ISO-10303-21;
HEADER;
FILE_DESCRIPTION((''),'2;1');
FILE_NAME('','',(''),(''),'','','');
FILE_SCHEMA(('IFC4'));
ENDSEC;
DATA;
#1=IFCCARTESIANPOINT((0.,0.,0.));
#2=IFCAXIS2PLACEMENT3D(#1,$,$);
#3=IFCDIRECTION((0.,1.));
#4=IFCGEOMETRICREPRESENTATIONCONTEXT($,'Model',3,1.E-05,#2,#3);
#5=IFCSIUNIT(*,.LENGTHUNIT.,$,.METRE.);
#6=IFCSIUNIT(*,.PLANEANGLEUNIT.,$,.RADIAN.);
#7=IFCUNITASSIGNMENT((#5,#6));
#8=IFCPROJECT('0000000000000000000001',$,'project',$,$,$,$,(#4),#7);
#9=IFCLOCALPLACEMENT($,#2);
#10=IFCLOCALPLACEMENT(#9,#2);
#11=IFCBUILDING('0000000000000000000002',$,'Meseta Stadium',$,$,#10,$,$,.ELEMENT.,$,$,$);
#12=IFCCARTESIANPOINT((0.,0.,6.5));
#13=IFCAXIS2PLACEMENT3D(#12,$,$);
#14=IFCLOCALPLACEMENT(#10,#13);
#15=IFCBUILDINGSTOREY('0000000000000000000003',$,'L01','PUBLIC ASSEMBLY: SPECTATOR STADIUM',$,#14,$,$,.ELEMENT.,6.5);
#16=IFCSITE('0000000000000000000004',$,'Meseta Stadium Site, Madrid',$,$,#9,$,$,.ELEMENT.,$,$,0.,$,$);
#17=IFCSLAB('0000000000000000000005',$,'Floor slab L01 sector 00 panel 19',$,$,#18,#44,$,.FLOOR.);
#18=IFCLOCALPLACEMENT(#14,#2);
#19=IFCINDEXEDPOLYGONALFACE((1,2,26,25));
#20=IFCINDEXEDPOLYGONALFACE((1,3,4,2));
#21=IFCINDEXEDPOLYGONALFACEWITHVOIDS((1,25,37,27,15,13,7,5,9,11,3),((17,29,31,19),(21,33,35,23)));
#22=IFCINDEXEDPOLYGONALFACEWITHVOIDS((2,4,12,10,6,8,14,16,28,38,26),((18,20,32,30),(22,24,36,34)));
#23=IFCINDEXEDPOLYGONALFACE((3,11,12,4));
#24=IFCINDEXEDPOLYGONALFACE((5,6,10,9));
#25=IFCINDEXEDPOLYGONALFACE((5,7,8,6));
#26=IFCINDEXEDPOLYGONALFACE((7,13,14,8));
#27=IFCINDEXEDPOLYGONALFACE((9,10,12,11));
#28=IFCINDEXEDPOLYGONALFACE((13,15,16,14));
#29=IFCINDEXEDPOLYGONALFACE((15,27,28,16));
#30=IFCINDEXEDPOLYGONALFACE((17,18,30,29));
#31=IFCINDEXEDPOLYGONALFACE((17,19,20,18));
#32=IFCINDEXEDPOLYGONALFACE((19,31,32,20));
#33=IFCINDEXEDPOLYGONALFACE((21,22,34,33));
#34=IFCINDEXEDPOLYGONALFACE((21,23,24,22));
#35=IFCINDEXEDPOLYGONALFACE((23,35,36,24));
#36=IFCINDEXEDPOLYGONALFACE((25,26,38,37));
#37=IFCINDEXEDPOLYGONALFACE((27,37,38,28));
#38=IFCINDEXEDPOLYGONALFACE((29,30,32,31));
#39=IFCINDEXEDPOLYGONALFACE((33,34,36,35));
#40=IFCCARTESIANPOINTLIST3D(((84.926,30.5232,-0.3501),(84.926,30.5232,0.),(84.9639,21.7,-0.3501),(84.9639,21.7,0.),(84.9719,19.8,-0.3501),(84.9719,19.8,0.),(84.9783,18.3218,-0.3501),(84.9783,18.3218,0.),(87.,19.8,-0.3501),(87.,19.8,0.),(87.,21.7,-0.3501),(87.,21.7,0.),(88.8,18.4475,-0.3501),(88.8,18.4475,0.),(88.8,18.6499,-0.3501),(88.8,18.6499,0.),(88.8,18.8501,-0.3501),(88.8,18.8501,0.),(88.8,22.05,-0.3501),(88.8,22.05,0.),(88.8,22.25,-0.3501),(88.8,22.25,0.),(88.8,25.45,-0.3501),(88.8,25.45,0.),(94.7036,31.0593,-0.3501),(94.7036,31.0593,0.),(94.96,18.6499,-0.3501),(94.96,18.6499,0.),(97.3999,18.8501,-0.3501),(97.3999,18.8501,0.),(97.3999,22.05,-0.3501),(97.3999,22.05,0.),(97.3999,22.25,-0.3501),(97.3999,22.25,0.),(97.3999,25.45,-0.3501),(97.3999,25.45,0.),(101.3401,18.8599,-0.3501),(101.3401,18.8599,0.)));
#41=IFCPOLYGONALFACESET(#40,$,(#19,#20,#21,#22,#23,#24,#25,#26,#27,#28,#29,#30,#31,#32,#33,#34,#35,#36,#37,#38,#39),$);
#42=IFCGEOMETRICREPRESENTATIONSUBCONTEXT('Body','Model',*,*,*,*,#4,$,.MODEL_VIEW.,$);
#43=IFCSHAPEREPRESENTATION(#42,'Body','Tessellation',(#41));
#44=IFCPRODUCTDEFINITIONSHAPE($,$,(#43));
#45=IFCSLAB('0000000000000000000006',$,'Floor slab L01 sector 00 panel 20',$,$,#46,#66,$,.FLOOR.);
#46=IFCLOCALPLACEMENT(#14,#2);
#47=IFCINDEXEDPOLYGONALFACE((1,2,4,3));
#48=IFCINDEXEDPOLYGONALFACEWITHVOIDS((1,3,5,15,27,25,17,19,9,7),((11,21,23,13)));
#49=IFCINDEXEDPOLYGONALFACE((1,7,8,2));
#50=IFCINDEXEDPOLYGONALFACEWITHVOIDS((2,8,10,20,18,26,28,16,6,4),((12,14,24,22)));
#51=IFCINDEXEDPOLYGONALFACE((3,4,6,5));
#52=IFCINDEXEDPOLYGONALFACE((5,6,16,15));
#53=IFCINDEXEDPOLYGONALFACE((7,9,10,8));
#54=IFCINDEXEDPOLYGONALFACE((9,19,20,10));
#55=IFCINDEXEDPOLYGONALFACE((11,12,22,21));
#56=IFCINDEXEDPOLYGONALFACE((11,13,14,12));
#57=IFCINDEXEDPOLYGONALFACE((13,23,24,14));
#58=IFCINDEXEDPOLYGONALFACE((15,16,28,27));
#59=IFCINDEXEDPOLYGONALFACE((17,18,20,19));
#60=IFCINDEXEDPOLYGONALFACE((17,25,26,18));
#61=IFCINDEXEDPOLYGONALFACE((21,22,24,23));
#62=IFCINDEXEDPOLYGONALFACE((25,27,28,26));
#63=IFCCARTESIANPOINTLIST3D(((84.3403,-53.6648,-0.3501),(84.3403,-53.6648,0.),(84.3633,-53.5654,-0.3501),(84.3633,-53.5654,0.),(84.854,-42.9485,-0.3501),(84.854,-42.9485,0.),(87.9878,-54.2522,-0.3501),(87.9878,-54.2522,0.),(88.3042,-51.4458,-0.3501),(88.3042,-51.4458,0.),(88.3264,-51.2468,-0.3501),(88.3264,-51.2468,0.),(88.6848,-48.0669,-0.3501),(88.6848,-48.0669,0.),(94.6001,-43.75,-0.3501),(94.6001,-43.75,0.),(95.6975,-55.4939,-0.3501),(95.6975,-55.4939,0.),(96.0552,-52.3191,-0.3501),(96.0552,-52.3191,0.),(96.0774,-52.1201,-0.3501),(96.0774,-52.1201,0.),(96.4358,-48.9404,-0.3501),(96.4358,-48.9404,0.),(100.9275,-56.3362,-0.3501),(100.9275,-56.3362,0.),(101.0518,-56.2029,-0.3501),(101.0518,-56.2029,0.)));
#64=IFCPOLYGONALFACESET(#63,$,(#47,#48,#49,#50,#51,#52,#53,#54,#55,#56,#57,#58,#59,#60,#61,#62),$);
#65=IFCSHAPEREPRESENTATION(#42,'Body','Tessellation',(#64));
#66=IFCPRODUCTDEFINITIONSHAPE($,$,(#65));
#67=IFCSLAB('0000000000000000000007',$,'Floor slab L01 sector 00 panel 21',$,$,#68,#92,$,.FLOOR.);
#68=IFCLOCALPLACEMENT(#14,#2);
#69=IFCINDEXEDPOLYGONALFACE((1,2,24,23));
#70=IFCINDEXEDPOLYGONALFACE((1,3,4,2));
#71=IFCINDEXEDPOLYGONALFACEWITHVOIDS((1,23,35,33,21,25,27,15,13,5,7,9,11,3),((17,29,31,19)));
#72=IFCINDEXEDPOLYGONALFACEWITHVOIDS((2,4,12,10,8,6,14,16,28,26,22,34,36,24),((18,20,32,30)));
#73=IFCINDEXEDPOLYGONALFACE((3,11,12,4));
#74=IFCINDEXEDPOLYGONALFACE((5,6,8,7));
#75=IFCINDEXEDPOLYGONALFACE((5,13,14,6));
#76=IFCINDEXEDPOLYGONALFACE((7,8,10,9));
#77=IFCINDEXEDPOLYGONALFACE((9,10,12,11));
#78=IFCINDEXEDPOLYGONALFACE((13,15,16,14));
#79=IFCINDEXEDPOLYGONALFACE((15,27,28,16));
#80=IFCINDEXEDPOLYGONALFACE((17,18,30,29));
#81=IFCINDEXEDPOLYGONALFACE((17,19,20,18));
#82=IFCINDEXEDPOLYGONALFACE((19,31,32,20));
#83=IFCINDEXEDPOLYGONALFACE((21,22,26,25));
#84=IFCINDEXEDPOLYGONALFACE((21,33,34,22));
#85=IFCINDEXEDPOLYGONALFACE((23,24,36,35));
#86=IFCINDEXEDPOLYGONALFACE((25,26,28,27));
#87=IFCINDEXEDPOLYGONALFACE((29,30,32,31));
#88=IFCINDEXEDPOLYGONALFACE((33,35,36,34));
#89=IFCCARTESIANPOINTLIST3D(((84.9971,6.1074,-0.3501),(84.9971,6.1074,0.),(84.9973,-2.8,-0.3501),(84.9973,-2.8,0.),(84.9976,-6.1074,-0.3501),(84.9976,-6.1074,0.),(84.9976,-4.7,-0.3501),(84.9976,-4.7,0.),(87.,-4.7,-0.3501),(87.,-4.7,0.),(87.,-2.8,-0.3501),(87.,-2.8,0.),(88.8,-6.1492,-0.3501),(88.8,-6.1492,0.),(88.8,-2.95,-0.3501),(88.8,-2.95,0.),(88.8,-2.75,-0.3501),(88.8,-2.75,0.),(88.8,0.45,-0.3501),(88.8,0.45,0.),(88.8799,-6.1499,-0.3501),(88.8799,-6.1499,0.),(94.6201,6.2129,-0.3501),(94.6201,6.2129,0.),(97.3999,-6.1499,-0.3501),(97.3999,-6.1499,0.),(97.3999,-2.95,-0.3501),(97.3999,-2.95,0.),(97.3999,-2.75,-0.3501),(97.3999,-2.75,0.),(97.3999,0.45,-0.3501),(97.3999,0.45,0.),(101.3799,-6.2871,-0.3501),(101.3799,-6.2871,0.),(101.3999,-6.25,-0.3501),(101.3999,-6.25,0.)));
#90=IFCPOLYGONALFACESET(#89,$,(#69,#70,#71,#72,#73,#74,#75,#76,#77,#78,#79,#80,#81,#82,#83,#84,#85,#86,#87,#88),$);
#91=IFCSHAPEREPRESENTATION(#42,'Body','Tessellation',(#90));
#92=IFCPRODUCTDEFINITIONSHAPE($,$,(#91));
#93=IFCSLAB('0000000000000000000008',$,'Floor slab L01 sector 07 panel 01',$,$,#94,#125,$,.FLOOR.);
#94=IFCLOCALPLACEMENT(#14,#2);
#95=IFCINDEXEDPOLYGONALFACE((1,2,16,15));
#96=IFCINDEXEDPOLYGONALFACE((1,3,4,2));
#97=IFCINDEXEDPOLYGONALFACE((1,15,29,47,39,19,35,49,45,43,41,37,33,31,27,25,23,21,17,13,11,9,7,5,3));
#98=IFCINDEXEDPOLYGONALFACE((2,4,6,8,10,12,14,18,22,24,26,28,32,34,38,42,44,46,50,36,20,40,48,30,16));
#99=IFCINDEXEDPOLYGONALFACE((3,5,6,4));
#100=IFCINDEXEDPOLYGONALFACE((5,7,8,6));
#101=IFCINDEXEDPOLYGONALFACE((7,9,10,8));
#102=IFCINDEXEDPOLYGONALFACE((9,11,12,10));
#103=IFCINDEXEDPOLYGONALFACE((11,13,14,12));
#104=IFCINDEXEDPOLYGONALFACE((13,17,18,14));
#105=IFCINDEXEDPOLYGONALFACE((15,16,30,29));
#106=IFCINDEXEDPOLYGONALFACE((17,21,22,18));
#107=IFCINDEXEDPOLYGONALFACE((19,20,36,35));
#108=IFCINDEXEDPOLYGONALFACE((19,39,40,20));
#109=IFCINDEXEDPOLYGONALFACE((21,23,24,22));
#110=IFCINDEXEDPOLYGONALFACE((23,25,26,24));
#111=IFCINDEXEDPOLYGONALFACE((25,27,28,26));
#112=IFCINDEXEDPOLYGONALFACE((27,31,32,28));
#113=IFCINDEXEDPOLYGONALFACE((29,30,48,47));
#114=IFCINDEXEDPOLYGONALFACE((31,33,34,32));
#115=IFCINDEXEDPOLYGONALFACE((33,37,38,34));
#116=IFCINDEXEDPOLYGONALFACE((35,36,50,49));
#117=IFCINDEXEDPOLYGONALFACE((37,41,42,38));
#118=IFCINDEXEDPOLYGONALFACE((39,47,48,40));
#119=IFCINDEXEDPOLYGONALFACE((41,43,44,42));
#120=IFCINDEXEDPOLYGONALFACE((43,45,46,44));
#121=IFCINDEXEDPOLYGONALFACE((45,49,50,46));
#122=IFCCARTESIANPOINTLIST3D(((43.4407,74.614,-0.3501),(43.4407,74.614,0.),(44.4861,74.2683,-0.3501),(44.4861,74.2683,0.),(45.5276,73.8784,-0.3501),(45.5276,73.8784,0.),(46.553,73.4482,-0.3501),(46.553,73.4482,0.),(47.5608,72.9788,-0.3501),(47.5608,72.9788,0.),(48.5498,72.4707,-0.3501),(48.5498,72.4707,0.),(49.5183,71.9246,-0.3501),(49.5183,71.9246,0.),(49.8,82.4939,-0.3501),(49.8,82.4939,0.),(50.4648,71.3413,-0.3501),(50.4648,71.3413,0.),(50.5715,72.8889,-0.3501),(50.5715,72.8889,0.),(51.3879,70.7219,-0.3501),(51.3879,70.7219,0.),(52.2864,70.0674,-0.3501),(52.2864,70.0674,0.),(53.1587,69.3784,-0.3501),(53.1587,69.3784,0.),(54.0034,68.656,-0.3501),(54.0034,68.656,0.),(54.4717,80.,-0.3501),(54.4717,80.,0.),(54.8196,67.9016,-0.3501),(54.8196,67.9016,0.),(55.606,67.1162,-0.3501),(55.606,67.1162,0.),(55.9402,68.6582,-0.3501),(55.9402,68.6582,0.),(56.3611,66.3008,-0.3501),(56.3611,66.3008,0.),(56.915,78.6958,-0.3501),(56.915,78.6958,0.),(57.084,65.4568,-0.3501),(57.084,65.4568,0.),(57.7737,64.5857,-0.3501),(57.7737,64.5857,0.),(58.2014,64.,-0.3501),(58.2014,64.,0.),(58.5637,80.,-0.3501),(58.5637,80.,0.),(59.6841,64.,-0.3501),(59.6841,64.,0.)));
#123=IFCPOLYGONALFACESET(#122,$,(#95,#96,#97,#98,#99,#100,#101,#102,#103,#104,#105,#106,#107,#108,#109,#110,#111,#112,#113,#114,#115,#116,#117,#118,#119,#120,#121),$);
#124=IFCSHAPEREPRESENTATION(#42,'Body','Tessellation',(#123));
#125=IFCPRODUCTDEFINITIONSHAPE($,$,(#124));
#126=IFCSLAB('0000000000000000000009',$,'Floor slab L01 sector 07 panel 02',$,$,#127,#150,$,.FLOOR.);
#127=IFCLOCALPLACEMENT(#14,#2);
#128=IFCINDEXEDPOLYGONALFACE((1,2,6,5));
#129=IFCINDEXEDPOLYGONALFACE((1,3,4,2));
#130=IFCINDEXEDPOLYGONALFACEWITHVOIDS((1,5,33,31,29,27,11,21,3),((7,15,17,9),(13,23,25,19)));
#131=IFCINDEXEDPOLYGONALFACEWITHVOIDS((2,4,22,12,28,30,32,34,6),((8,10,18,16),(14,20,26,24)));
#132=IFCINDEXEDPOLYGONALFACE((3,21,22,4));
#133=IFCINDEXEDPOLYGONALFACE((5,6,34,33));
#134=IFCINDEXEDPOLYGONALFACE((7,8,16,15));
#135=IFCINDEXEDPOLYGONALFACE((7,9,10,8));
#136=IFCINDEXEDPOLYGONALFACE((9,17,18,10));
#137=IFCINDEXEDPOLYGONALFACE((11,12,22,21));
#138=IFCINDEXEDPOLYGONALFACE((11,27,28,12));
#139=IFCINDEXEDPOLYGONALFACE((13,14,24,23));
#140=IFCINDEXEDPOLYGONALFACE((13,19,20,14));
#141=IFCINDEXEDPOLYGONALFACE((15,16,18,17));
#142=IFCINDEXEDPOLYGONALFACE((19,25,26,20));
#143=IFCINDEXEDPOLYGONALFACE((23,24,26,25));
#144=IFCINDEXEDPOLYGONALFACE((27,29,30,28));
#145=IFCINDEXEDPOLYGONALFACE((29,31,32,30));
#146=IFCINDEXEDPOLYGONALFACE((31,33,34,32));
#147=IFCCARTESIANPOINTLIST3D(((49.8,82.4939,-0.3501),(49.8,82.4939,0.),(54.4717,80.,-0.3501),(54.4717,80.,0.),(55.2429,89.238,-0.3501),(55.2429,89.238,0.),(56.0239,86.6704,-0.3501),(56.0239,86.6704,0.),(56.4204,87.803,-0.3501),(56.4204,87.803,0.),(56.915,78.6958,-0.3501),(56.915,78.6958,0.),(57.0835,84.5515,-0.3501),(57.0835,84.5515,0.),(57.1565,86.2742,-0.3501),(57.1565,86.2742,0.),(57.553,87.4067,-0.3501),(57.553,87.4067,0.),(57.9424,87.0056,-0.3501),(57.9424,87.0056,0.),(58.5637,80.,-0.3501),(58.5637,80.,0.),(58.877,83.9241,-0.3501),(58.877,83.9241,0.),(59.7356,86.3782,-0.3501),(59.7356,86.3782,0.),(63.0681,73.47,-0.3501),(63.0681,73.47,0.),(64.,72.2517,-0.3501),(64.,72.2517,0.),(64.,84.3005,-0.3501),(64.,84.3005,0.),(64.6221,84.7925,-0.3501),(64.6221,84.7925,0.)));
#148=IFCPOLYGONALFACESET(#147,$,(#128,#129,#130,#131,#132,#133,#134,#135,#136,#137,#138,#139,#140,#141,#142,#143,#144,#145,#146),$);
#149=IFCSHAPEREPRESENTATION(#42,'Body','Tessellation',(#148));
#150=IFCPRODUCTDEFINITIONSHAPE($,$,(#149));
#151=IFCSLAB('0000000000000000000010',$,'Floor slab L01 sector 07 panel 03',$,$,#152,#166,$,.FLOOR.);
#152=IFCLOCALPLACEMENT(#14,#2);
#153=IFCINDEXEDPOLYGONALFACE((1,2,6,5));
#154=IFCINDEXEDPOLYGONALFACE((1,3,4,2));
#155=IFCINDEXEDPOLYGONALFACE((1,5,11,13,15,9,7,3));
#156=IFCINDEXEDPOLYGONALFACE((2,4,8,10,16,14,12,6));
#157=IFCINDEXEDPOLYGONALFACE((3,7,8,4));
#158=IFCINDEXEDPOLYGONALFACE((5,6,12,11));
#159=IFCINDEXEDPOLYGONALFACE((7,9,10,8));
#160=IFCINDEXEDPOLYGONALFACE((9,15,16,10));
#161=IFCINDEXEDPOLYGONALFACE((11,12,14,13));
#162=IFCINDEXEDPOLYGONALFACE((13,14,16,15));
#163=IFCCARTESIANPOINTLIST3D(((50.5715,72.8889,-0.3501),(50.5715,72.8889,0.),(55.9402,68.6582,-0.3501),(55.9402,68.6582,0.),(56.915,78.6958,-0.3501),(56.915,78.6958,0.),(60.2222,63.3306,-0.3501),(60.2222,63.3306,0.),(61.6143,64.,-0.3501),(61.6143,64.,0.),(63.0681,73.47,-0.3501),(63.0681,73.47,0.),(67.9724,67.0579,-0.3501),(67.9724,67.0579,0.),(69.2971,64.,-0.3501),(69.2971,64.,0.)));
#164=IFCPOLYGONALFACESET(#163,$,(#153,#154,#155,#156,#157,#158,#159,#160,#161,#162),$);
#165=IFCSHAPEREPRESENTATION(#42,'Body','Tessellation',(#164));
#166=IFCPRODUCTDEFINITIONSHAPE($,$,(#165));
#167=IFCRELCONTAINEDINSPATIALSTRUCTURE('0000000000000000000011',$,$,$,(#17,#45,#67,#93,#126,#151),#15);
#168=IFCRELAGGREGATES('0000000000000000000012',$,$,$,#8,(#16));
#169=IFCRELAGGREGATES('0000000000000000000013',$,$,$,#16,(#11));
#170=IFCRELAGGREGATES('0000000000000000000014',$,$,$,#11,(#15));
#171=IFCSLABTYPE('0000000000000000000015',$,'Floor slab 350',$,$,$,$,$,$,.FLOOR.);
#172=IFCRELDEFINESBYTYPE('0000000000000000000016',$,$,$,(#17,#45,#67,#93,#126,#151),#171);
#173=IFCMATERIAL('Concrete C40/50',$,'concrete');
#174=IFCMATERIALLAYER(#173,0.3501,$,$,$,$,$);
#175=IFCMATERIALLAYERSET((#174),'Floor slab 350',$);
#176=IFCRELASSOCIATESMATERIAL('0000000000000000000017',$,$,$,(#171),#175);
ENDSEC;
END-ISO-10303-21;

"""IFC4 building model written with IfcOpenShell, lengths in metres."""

from ifc_helpers import new_model, si_unit, direction, frame, origin, place, context, subcontext, project, spatial, polyline, outline, extrude, material, layer, layer_set, type_object, element, save


model = new_model("IFC4")

# Units and contexts
model_context = context("Model", 3, precision=1e-05, world=origin(), true_north=direction((0.0, 1.0)))
body_context = subcontext(model_context, "Body", "Model", "MODEL_VIEW")
ifc_project = project(units=[si_unit("LENGTHUNIT", "METRE"), si_unit("PLANEANGLEUNIT", "RADIAN")], contexts=[model_context])

# Site, building, storey
site_placement = place(None, origin())
site = spatial("IfcSite", under=ifc_project, at=site_placement, Name="Meseta Stadium Site, Madrid", CompositionType="ELEMENT", RefElevation=0.0)
building_placement = place(site_placement, origin())
building = spatial("IfcBuilding", under=site, at=building_placement, Name="Meseta Stadium", CompositionType="ELEMENT")
storey_placement = place(building_placement, frame((0.0, 0.0, 6.5)))
storey = spatial("IfcBuildingStorey", under=building, at=storey_placement, Name="L01", Description="PUBLIC ASSEMBLY: SPECTATOR STADIUM", CompositionType="ELEMENT", Elevation=6.5)

# Slabs
ifc_material = material(Name="Concrete C40/50", Category="concrete")
ifc_layer = layer(ifc_material, 0.3501)
ifc_layer_set = layer_set([ifc_layer], Name="Floor slab 350")
slab_type = type_object("IfcSlabType", Name="Floor slab 350", PredefinedType="FLOOR", material=ifc_layer_set)
slab_1_placement = place(storey_placement, frame((0.0, 0.0, -0.3501)))
element("IfcSlab", 1, at=slab_1_placement, inside=storey, type_object=slab_type, Name="Floor slab L01 sector 00 panel 19", PredefinedType="FLOOR", context=body_context, shape_type="SweptSolid", body=[
    extrude(outline(polyline([(94.7036, 31.0593), (84.926, 30.5232), (84.9639, 21.7), (87.0, 21.7), (87.0, 19.8), (84.9719, 19.8), (84.9783, 18.3218), (88.8, 18.4475), (88.8, 18.6499), (94.96, 18.6499), (101.3401, 18.8599), (94.7036, 31.0593)]), holes=[polyline([(97.3999, 18.8501), (88.8, 18.8501), (88.8, 22.05), (97.3999, 22.05), (97.3999, 18.8501)]), polyline([(97.3999, 22.25), (88.8, 22.25), (88.8, 25.45), (97.3999, 25.45), (97.3999, 22.25)])]), origin(), (0.0, 0.0, 1.0), 0.3501),
])
slab_2_placement = place(storey_placement, frame((0.0, 0.0, -0.3501)))
element("IfcSlab", 2, at=slab_2_placement, inside=storey, type_object=slab_type, Name="Floor slab L01 sector 00 panel 20", PredefinedType="FLOOR", context=body_context, shape_type="SweptSolid", body=[
    extrude(outline(polyline([(96.0552, -52.3191), (95.6975, -55.4939), (100.9275, -56.3362), (101.0518, -56.2029), (94.6001, -43.75), (84.854, -42.9485), (84.3633, -53.5654), (84.3403, -53.6648), (87.9878, -54.2522), (88.3042, -51.4458), (96.0552, -52.3191)]), holes=[polyline([(96.0774, -52.1201), (88.3264, -51.2468), (88.6848, -48.0669), (96.4358, -48.9404), (96.0774, -52.1201)])]), origin(), (0.0, 0.0, 1.0), 0.3501),
])
slab_3_placement = place(storey_placement, frame((0.0, 0.0, -0.3501)))
element("IfcSlab", 3, at=slab_3_placement, inside=storey, type_object=slab_type, Name="Floor slab L01 sector 00 panel 21", PredefinedType="FLOOR", context=body_context, shape_type="SweptSolid", body=[
    extrude(outline(polyline([(88.8799, -6.1499), (101.3799, -6.2871), (101.3999, -6.25), (94.6201, 6.2129), (84.9971, 6.1074), (84.9973, -2.8), (87.0, -2.8), (87.0, -4.7), (84.9976, -4.7), (84.9976, -6.1074), (88.8, -6.1492), (88.8, -2.95), (97.3999, -2.95), (97.3999, -6.1499), (88.8799, -6.1499)]), holes=[polyline([(97.3999, -2.75), (88.8, -2.75), (88.8, 0.45), (97.3999, 0.45), (97.3999, -2.75)])]), origin(), (0.0, 0.0, 1.0), 0.3501),
])
slab_4_placement = place(storey_placement, frame((0.0, 0.0, -0.3501)))
element("IfcSlab", 4, at=slab_4_placement, inside=storey, type_object=slab_type, Name="Floor slab L01 sector 07 panel 01", PredefinedType="FLOOR", context=body_context, shape_type="SweptSolid", body=[
    extrude(outline(polyline([(49.8, 82.4939), (43.4407, 74.614), (44.4861, 74.2683), (45.5276, 73.8784), (46.553, 73.4482), (47.5608, 72.9788), (48.5498, 72.4707), (49.5183, 71.9246), (50.4648, 71.3413), (51.3879, 70.7219), (52.2864, 70.0674), (53.1587, 69.3784), (54.0034, 68.656), (54.8196, 67.9016), (55.606, 67.1162), (56.3611, 66.3008), (57.084, 65.4568), (57.7737, 64.5857), (58.2014, 64.0), (59.6841, 64.0), (55.9402, 68.6582), (50.5715, 72.8889), (56.915, 78.6958), (58.5637, 80.0), (54.4717, 80.0), (49.8, 82.4939)])), origin(), (0.0, 0.0, 1.0), 0.3501),
])
slab_5_placement = place(storey_placement, frame((0.0, 0.0, -0.3501)))
element("IfcSlab", 5, at=slab_5_placement, inside=storey, type_object=slab_type, Name="Floor slab L01 sector 07 panel 02", PredefinedType="FLOOR", context=body_context, shape_type="SweptSolid", body=[
    extrude(outline(polyline([(64.0, 72.2517), (64.0, 84.3005), (64.6221, 84.7925), (55.2429, 89.238), (49.8, 82.4939), (54.4717, 80.0), (58.5637, 80.0), (56.915, 78.6958), (63.0681, 73.47), (64.0, 72.2517)]), holes=[polyline([(59.7356, 86.3782), (58.877, 83.9241), (57.0835, 84.5515), (57.9424, 87.0056), (59.7356, 86.3782)]), polyline([(57.1565, 86.2742), (56.0239, 86.6704), (56.4204, 87.803), (57.553, 87.4067), (57.1565, 86.2742)])]), origin(), (0.0, 0.0, 1.0), 0.3501),
])
slab_6_placement = place(storey_placement, frame((0.0, 0.0, -0.3501)))
element("IfcSlab", 6, at=slab_6_placement, inside=storey, type_object=slab_type, Name="Floor slab L01 sector 07 panel 03", PredefinedType="FLOOR", context=body_context, shape_type="SweptSolid", body=[
    extrude(outline(polyline([(69.2971, 64.0), (67.9724, 67.0579), (63.0681, 73.47), (56.915, 78.6958), (50.5715, 72.8889), (55.9402, 68.6582), (60.2222, 63.3306), (61.6143, 64.0), (69.2971, 64.0)])), origin(), (0.0, 0.0, 1.0), 0.3501),
])

save(model, "model.ifc")
